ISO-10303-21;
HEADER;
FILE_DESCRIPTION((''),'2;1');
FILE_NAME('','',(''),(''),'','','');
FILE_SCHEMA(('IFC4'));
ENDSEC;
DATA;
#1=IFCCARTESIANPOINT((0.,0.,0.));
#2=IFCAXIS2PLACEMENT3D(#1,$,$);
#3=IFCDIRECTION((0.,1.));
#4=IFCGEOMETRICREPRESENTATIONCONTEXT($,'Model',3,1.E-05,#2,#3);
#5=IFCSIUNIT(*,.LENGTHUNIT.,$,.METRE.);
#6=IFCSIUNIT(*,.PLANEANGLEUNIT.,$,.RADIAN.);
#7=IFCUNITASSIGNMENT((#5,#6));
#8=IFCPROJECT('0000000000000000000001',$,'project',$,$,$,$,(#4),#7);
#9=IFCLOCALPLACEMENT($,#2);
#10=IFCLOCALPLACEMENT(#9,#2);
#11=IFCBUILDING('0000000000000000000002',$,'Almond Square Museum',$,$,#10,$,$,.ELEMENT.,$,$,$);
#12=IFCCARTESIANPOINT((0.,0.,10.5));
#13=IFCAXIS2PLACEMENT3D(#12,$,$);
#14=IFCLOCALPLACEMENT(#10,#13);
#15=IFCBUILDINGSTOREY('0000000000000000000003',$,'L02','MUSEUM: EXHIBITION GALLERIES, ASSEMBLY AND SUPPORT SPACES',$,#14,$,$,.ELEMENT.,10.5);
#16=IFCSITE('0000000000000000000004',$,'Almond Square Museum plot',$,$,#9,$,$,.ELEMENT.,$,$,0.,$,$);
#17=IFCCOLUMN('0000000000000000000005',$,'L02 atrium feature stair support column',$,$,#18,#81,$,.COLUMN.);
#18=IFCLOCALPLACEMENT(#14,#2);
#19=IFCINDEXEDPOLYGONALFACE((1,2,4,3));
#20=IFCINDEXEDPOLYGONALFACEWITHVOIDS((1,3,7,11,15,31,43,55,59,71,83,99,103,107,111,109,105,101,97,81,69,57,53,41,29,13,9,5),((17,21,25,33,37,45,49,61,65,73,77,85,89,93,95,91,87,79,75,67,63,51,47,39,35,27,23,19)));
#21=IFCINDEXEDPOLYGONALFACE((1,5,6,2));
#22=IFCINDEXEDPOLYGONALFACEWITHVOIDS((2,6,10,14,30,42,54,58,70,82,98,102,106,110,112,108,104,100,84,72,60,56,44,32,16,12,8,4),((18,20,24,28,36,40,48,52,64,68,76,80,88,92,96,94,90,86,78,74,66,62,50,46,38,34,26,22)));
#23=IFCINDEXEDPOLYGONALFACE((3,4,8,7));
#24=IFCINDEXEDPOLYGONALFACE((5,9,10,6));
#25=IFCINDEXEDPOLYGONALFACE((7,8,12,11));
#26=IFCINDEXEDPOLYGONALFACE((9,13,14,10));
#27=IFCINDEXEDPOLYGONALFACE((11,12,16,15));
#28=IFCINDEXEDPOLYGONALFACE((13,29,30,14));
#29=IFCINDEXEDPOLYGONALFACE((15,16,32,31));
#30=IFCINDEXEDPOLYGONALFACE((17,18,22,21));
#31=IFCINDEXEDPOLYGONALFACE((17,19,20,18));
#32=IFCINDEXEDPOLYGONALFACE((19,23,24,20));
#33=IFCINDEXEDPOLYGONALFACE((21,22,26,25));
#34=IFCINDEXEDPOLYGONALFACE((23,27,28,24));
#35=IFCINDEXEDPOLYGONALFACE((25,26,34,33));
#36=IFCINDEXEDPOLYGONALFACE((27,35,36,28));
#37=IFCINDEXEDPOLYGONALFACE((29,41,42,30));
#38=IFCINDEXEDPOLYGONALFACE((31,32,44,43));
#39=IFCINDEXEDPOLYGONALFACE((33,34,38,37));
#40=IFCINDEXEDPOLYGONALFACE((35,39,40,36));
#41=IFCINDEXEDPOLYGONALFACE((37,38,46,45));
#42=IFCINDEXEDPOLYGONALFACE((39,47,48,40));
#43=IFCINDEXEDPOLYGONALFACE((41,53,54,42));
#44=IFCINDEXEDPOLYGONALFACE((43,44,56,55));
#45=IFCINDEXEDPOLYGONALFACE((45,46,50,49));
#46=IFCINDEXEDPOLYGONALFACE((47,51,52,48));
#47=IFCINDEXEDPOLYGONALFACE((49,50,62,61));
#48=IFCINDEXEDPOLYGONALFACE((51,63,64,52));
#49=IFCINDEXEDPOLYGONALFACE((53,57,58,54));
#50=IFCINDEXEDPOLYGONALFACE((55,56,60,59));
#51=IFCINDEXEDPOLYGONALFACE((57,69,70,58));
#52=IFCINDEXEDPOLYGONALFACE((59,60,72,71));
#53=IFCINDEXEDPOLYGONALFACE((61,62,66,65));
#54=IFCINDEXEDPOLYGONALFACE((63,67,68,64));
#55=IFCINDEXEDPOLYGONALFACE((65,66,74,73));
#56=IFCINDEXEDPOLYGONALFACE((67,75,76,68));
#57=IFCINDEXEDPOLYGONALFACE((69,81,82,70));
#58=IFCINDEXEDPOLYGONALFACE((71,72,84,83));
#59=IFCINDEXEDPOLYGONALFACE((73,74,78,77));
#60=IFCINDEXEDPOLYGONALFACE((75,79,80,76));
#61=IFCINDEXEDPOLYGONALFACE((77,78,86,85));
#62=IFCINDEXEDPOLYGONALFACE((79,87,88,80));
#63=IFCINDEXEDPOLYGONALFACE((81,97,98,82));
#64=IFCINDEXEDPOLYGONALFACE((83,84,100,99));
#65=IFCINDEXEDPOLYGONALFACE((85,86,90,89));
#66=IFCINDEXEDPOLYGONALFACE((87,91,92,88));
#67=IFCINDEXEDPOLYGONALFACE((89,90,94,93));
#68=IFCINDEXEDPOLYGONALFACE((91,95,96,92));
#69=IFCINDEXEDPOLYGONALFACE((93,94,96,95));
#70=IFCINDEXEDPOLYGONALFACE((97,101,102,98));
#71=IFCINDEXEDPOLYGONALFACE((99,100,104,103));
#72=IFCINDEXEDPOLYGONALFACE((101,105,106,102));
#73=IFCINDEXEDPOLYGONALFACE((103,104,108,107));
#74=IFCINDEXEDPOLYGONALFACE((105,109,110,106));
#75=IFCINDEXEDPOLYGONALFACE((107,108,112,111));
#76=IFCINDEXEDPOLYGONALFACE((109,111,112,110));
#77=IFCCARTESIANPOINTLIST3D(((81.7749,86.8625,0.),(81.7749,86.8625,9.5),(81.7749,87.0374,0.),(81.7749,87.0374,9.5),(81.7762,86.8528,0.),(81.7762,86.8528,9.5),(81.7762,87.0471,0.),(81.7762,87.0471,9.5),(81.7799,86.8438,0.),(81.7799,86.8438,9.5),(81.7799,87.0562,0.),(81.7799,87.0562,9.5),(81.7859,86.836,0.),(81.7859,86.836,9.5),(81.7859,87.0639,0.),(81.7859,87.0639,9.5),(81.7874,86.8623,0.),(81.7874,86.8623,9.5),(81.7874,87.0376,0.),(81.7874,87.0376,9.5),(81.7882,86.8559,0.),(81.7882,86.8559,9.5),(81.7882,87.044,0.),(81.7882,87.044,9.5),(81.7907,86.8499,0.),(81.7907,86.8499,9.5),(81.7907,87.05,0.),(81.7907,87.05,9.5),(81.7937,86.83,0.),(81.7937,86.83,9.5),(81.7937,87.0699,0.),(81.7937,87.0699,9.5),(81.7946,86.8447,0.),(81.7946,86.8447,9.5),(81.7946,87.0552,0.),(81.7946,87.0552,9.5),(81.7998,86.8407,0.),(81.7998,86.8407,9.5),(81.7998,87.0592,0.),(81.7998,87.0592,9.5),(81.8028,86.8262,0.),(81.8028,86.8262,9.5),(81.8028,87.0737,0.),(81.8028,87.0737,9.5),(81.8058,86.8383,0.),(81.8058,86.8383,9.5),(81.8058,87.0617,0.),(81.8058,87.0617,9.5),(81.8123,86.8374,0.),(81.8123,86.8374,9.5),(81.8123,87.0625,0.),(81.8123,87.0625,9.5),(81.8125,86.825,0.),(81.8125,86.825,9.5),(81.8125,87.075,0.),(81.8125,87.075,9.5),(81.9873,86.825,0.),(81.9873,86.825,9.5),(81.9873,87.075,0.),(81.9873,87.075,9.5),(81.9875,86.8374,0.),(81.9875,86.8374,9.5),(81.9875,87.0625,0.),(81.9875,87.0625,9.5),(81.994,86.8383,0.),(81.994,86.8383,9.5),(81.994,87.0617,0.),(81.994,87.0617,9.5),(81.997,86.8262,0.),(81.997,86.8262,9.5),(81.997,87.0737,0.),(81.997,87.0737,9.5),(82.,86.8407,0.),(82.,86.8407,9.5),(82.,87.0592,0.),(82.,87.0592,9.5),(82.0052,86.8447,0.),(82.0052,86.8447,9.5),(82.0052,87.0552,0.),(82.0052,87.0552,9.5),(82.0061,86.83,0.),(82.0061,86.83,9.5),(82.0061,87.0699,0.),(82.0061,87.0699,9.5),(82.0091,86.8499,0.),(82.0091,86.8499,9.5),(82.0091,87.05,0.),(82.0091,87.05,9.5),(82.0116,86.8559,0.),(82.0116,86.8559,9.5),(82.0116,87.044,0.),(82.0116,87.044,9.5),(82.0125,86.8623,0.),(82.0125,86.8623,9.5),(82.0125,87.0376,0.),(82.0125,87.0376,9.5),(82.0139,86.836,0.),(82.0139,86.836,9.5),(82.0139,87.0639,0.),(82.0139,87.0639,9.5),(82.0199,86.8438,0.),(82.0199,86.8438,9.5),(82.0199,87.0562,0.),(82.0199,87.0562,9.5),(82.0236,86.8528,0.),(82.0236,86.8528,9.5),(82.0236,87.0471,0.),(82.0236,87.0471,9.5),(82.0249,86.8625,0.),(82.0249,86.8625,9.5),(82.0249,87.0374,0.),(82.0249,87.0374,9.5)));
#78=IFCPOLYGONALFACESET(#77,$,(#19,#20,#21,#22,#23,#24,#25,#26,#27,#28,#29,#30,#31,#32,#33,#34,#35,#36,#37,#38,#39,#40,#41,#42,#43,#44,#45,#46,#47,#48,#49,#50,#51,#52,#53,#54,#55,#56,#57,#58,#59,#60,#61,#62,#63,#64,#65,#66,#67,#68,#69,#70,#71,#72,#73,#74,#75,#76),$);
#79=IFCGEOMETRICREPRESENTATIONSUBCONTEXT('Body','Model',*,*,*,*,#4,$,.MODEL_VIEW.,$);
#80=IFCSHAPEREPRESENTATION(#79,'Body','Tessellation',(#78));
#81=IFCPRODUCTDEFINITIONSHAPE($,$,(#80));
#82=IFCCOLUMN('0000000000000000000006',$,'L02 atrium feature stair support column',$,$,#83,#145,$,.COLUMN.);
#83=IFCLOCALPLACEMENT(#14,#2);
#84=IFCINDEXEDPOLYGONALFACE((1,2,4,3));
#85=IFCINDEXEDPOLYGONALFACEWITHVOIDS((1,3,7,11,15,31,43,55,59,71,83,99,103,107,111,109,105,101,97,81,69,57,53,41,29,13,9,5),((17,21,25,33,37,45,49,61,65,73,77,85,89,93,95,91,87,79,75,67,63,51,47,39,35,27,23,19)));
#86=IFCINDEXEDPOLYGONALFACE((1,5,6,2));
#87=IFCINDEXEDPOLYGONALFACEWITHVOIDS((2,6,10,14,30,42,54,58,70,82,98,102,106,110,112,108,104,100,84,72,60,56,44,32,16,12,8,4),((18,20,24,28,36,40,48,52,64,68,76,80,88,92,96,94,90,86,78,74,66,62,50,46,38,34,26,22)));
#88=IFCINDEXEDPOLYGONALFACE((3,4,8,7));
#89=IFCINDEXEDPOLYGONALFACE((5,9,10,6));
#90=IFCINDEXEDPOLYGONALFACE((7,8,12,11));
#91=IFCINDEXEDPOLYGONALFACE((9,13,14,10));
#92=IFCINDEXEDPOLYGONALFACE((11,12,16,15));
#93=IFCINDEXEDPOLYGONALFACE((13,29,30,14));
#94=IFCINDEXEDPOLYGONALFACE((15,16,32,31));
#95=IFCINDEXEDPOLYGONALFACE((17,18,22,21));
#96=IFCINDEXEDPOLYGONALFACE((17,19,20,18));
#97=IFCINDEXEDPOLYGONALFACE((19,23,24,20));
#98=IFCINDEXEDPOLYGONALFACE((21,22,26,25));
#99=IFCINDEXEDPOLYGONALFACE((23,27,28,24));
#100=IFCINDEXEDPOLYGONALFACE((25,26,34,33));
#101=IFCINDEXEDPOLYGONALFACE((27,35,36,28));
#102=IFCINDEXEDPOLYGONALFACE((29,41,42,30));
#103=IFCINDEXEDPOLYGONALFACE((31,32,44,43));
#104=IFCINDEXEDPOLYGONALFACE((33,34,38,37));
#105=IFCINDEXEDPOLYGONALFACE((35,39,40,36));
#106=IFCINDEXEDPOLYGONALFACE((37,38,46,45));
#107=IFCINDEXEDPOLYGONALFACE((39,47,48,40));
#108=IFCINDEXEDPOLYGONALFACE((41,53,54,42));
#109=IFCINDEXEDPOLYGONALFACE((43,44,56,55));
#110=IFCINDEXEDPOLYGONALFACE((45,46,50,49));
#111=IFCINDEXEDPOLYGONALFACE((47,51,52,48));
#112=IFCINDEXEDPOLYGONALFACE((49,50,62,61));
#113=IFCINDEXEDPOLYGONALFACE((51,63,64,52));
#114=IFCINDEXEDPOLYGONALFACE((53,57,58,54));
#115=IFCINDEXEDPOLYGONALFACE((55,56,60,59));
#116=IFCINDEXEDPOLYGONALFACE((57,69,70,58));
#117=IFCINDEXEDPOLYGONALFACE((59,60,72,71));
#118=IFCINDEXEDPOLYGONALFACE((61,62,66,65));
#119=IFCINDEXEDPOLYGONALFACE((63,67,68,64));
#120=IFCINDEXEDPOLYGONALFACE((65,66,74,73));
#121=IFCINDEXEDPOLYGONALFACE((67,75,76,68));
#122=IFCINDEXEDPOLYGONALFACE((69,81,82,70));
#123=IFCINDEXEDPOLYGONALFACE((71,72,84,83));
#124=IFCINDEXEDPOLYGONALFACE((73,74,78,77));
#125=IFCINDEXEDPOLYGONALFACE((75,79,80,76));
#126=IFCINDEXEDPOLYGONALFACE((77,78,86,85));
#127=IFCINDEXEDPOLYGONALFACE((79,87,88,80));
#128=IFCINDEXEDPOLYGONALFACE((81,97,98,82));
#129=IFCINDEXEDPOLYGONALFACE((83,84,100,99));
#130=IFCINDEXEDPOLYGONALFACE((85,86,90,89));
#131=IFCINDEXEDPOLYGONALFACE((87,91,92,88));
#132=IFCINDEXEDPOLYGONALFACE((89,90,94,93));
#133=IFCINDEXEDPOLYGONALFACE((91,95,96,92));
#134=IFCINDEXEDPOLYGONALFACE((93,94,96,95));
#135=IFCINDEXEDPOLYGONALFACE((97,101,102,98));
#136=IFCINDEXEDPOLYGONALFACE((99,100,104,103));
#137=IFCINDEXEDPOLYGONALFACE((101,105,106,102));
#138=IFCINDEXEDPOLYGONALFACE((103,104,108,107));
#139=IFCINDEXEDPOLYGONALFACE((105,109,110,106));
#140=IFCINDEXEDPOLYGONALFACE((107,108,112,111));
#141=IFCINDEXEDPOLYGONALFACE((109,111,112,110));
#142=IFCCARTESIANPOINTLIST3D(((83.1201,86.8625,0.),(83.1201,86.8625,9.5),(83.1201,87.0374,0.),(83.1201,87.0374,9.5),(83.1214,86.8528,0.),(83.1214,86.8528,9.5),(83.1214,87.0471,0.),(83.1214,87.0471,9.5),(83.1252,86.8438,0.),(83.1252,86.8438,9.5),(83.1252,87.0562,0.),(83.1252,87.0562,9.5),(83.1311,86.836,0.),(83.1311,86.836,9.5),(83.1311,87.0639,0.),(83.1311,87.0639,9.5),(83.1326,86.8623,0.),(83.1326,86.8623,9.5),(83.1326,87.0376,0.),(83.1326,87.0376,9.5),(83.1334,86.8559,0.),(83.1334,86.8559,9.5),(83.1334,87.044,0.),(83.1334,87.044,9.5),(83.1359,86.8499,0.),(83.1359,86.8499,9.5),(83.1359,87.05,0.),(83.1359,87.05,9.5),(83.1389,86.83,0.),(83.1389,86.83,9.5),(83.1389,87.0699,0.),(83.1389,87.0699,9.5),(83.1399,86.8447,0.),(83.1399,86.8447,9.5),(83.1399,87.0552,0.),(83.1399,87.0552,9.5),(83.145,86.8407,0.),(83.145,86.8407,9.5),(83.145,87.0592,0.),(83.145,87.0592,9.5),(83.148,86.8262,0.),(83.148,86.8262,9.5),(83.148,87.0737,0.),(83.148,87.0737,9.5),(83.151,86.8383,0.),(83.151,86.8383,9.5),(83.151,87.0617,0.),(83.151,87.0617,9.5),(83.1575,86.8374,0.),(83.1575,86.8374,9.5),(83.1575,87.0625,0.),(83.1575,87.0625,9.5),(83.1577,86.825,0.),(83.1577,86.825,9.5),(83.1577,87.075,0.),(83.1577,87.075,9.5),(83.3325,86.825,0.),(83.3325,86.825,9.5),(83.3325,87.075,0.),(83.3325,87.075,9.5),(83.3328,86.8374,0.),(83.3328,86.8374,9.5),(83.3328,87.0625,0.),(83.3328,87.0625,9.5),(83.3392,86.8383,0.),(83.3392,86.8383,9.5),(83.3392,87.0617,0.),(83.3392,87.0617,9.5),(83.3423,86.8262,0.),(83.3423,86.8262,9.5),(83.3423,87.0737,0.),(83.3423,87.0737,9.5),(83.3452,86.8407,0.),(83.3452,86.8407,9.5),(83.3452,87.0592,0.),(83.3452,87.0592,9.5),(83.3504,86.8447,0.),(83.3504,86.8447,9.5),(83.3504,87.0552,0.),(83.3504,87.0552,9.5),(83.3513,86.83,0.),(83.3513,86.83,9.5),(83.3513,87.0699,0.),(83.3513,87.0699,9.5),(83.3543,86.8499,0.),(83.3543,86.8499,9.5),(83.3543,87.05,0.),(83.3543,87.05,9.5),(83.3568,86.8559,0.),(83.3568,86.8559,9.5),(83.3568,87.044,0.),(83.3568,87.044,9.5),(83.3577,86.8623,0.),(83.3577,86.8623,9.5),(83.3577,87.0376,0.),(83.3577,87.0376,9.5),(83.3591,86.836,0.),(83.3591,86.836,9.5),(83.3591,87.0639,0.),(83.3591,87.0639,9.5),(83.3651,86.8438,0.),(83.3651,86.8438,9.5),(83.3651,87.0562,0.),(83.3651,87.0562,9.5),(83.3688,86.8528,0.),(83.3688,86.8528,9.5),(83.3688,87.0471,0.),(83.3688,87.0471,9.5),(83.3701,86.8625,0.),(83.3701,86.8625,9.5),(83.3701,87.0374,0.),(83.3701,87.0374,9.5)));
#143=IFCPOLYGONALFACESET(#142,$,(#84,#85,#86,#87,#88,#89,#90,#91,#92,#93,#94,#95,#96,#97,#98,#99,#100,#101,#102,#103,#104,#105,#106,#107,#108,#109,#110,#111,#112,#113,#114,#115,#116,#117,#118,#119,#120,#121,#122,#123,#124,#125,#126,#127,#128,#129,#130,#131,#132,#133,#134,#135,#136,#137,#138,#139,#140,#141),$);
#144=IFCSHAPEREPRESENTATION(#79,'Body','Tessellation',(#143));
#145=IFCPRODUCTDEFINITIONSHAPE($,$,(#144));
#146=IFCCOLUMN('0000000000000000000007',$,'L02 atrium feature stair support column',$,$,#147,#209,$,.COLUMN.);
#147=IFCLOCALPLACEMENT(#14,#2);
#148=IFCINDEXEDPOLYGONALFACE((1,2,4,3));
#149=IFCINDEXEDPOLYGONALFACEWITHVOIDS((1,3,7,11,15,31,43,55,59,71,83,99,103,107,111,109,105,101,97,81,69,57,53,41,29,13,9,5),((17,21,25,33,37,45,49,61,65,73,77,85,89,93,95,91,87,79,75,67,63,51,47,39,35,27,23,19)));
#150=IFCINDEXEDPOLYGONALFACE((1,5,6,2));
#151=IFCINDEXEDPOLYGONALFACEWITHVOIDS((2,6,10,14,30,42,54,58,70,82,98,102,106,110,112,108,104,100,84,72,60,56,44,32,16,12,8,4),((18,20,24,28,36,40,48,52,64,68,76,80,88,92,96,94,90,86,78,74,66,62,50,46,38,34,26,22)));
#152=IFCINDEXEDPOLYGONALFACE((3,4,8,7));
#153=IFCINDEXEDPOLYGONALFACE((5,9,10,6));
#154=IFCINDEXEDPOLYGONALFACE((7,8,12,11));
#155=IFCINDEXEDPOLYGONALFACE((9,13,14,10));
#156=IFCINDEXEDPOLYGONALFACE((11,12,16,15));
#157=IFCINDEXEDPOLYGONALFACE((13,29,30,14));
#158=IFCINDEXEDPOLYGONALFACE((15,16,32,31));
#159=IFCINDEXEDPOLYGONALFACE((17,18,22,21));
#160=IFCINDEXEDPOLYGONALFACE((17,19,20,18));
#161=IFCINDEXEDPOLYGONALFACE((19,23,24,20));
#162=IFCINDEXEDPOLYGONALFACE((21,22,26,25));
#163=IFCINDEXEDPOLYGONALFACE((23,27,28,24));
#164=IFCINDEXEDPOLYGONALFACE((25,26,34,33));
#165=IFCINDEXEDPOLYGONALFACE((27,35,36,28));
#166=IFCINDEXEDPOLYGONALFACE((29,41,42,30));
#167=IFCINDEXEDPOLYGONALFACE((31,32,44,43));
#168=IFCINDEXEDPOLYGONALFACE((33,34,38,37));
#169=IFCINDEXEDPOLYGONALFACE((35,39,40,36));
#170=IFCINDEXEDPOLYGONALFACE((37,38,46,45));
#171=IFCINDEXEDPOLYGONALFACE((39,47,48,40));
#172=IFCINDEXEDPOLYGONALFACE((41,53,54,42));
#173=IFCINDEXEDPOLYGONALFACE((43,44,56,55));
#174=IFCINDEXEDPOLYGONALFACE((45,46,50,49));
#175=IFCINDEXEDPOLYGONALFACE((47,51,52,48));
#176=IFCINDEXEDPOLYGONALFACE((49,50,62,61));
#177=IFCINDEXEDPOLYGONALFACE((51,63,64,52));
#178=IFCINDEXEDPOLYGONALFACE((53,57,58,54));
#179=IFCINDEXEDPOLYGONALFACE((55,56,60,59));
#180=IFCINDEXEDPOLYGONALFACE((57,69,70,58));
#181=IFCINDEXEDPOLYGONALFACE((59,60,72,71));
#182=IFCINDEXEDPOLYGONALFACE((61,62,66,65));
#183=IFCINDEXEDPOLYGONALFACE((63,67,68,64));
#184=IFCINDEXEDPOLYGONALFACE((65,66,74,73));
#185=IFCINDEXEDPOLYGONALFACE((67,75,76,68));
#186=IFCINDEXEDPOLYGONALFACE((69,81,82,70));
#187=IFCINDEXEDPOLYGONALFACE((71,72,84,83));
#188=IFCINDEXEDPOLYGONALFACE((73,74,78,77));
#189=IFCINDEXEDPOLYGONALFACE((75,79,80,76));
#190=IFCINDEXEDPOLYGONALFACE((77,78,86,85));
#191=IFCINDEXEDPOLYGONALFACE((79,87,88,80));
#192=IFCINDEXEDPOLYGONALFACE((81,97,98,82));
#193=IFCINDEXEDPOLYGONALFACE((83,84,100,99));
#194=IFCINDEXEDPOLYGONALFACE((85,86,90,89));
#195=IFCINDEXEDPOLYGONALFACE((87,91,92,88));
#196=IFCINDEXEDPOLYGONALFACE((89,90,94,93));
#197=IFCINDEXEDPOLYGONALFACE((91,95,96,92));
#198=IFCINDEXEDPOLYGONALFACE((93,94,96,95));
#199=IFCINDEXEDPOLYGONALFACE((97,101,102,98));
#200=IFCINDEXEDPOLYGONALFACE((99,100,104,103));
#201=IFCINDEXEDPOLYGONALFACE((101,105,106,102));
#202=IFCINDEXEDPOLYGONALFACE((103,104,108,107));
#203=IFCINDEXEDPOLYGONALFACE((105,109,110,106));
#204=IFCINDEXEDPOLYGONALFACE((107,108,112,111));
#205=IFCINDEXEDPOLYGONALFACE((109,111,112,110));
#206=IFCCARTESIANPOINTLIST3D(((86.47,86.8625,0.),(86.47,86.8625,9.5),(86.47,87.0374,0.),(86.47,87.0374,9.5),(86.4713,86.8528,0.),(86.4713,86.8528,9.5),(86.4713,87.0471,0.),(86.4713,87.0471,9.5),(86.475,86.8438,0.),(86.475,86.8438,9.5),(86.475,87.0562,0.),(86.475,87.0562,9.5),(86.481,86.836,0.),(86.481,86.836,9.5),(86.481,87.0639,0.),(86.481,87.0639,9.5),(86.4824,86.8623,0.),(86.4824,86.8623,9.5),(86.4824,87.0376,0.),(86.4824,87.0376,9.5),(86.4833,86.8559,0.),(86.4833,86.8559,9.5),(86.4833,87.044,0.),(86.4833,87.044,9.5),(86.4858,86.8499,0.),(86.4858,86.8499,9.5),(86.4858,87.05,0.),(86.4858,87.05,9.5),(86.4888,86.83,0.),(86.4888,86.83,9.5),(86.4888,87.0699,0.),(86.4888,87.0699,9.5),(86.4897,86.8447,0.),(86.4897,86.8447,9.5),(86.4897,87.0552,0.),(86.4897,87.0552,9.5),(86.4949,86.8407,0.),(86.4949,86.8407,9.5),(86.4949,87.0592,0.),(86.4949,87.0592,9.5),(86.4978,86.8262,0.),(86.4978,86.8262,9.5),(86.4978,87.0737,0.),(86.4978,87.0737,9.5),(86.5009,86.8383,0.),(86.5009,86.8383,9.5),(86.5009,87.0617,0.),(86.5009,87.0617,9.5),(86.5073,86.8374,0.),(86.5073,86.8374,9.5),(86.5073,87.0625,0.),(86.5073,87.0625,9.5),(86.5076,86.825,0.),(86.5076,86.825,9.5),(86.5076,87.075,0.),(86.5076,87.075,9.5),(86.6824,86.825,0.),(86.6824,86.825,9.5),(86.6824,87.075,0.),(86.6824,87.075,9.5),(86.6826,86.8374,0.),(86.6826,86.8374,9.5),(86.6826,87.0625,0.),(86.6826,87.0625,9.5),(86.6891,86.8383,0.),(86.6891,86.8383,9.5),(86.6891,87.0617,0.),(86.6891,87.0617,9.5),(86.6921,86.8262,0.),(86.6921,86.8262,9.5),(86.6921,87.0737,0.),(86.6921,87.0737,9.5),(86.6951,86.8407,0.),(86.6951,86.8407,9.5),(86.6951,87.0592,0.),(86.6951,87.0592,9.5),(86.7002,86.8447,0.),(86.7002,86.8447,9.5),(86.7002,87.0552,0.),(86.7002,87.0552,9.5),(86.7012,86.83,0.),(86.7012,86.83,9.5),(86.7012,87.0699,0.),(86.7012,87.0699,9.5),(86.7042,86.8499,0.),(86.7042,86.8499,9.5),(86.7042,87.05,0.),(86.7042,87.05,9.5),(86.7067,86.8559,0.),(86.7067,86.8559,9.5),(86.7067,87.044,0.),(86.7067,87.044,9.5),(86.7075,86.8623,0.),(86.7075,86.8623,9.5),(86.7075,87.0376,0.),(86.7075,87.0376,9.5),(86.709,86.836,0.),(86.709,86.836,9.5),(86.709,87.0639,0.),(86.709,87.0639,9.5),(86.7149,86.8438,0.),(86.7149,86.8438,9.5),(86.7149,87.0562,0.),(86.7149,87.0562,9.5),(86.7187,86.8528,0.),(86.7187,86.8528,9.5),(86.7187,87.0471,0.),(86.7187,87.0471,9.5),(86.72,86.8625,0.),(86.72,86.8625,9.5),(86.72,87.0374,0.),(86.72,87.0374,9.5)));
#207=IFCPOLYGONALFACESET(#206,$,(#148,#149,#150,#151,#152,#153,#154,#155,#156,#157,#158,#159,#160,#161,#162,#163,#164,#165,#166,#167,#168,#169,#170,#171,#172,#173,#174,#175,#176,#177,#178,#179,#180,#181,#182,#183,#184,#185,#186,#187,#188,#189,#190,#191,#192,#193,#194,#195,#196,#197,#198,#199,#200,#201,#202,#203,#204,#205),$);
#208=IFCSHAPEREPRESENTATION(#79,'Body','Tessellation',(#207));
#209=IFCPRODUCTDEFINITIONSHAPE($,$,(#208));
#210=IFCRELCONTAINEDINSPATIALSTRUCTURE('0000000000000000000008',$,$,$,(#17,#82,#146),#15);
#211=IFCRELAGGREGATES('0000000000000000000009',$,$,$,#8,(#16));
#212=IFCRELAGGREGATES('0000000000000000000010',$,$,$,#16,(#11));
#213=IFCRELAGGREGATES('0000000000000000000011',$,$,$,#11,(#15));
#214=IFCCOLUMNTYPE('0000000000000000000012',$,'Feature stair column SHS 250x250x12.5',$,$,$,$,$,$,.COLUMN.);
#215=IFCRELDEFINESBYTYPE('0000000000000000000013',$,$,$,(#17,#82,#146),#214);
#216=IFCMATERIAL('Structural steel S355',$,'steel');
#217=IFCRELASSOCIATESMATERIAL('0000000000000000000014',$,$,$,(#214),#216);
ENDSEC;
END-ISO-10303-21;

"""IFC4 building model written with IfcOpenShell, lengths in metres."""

from ifc_helpers import new_model, si_unit, direction, frame, origin, origin_2d, place, context, subcontext, project, spatial, hollow_rectangle, extrude, material, material_profile, profile_set, type_object, element, save


model = new_model("IFC4")

# Units and contexts
model_context = context("Model", 3, precision=1e-05, world=origin(), true_north=direction((0.0, 1.0)))
body_context = subcontext(model_context, "Body", "Model", "MODEL_VIEW")
ifc_project = project(units=[si_unit("LENGTHUNIT", "METRE"), si_unit("PLANEANGLEUNIT", "RADIAN")], contexts=[model_context])

# Site, building, storey
site_placement = place(None, origin())
site = spatial("IfcSite", under=ifc_project, at=site_placement, Name="Almond Square Museum plot", CompositionType="ELEMENT", RefElevation=0.0)
building_placement = place(site_placement, origin())
building = spatial("IfcBuilding", under=site, at=building_placement, Name="Almond Square Museum", CompositionType="ELEMENT")
storey_placement = place(building_placement, frame((0.0, 0.0, 10.5)))
storey = spatial("IfcBuildingStorey", under=building, at=storey_placement, Name="L02", Description="MUSEUM: EXHIBITION GALLERIES, ASSEMBLY AND SUPPORT SPACES", CompositionType="ELEMENT", Elevation=10.5)

# Columns
ifc_material_1 = material(Name="Structural steel S355", Category="steel")
ifc_material_profile_1 = material_profile(ifc_material_1, hollow_rectangle(XDim=0.25, YDim=0.25, WallThickness=0.0125, InnerFilletRadius=0.0249, OuterFilletRadius=0.0376, at=origin_2d()))
ifc_profile_set_1 = profile_set([ifc_material_profile_1], Name="Structural steel S355")
column_type_1 = type_object("IfcColumnType", Name="Feature stair column SHS 250x250x12.5", PredefinedType="COLUMN", material=ifc_profile_set_1)
for number, where, z_axis, x_axis, name in (
    (1, (81.8999, 86.95, 0.0), (0.0, 0.0, 1.0), (1.0, 0.0, 0.0), "L02 atrium feature stair support column"),
    (2, (83.2451, 86.95, 0.0), (0.0, 0.0, 1.0), (1.0, 0.0, 0.0), "L02 atrium feature stair support column"),
    (3, (86.595, 86.95, 0.0), (0.0, 0.0, 1.0), (1.0, 0.0, 0.0), "L02 atrium feature stair support column"),
):
    element("IfcColumn", number, at=place(storey_placement, frame(where, z_axis=z_axis, x_axis=x_axis)), inside=storey, type_object=column_type_1, Name=name, PredefinedType="COLUMN", context=body_context, shape_type="SweptSolid", body=[
        extrude(hollow_rectangle(XDim=0.25, YDim=0.25, WallThickness=0.0125, InnerFilletRadius=0.0249, OuterFilletRadius=0.0376, at=origin_2d()), origin(), (0.0, 0.0, 1.0), 9.5),
    ])

save(model, "model.ifc")
